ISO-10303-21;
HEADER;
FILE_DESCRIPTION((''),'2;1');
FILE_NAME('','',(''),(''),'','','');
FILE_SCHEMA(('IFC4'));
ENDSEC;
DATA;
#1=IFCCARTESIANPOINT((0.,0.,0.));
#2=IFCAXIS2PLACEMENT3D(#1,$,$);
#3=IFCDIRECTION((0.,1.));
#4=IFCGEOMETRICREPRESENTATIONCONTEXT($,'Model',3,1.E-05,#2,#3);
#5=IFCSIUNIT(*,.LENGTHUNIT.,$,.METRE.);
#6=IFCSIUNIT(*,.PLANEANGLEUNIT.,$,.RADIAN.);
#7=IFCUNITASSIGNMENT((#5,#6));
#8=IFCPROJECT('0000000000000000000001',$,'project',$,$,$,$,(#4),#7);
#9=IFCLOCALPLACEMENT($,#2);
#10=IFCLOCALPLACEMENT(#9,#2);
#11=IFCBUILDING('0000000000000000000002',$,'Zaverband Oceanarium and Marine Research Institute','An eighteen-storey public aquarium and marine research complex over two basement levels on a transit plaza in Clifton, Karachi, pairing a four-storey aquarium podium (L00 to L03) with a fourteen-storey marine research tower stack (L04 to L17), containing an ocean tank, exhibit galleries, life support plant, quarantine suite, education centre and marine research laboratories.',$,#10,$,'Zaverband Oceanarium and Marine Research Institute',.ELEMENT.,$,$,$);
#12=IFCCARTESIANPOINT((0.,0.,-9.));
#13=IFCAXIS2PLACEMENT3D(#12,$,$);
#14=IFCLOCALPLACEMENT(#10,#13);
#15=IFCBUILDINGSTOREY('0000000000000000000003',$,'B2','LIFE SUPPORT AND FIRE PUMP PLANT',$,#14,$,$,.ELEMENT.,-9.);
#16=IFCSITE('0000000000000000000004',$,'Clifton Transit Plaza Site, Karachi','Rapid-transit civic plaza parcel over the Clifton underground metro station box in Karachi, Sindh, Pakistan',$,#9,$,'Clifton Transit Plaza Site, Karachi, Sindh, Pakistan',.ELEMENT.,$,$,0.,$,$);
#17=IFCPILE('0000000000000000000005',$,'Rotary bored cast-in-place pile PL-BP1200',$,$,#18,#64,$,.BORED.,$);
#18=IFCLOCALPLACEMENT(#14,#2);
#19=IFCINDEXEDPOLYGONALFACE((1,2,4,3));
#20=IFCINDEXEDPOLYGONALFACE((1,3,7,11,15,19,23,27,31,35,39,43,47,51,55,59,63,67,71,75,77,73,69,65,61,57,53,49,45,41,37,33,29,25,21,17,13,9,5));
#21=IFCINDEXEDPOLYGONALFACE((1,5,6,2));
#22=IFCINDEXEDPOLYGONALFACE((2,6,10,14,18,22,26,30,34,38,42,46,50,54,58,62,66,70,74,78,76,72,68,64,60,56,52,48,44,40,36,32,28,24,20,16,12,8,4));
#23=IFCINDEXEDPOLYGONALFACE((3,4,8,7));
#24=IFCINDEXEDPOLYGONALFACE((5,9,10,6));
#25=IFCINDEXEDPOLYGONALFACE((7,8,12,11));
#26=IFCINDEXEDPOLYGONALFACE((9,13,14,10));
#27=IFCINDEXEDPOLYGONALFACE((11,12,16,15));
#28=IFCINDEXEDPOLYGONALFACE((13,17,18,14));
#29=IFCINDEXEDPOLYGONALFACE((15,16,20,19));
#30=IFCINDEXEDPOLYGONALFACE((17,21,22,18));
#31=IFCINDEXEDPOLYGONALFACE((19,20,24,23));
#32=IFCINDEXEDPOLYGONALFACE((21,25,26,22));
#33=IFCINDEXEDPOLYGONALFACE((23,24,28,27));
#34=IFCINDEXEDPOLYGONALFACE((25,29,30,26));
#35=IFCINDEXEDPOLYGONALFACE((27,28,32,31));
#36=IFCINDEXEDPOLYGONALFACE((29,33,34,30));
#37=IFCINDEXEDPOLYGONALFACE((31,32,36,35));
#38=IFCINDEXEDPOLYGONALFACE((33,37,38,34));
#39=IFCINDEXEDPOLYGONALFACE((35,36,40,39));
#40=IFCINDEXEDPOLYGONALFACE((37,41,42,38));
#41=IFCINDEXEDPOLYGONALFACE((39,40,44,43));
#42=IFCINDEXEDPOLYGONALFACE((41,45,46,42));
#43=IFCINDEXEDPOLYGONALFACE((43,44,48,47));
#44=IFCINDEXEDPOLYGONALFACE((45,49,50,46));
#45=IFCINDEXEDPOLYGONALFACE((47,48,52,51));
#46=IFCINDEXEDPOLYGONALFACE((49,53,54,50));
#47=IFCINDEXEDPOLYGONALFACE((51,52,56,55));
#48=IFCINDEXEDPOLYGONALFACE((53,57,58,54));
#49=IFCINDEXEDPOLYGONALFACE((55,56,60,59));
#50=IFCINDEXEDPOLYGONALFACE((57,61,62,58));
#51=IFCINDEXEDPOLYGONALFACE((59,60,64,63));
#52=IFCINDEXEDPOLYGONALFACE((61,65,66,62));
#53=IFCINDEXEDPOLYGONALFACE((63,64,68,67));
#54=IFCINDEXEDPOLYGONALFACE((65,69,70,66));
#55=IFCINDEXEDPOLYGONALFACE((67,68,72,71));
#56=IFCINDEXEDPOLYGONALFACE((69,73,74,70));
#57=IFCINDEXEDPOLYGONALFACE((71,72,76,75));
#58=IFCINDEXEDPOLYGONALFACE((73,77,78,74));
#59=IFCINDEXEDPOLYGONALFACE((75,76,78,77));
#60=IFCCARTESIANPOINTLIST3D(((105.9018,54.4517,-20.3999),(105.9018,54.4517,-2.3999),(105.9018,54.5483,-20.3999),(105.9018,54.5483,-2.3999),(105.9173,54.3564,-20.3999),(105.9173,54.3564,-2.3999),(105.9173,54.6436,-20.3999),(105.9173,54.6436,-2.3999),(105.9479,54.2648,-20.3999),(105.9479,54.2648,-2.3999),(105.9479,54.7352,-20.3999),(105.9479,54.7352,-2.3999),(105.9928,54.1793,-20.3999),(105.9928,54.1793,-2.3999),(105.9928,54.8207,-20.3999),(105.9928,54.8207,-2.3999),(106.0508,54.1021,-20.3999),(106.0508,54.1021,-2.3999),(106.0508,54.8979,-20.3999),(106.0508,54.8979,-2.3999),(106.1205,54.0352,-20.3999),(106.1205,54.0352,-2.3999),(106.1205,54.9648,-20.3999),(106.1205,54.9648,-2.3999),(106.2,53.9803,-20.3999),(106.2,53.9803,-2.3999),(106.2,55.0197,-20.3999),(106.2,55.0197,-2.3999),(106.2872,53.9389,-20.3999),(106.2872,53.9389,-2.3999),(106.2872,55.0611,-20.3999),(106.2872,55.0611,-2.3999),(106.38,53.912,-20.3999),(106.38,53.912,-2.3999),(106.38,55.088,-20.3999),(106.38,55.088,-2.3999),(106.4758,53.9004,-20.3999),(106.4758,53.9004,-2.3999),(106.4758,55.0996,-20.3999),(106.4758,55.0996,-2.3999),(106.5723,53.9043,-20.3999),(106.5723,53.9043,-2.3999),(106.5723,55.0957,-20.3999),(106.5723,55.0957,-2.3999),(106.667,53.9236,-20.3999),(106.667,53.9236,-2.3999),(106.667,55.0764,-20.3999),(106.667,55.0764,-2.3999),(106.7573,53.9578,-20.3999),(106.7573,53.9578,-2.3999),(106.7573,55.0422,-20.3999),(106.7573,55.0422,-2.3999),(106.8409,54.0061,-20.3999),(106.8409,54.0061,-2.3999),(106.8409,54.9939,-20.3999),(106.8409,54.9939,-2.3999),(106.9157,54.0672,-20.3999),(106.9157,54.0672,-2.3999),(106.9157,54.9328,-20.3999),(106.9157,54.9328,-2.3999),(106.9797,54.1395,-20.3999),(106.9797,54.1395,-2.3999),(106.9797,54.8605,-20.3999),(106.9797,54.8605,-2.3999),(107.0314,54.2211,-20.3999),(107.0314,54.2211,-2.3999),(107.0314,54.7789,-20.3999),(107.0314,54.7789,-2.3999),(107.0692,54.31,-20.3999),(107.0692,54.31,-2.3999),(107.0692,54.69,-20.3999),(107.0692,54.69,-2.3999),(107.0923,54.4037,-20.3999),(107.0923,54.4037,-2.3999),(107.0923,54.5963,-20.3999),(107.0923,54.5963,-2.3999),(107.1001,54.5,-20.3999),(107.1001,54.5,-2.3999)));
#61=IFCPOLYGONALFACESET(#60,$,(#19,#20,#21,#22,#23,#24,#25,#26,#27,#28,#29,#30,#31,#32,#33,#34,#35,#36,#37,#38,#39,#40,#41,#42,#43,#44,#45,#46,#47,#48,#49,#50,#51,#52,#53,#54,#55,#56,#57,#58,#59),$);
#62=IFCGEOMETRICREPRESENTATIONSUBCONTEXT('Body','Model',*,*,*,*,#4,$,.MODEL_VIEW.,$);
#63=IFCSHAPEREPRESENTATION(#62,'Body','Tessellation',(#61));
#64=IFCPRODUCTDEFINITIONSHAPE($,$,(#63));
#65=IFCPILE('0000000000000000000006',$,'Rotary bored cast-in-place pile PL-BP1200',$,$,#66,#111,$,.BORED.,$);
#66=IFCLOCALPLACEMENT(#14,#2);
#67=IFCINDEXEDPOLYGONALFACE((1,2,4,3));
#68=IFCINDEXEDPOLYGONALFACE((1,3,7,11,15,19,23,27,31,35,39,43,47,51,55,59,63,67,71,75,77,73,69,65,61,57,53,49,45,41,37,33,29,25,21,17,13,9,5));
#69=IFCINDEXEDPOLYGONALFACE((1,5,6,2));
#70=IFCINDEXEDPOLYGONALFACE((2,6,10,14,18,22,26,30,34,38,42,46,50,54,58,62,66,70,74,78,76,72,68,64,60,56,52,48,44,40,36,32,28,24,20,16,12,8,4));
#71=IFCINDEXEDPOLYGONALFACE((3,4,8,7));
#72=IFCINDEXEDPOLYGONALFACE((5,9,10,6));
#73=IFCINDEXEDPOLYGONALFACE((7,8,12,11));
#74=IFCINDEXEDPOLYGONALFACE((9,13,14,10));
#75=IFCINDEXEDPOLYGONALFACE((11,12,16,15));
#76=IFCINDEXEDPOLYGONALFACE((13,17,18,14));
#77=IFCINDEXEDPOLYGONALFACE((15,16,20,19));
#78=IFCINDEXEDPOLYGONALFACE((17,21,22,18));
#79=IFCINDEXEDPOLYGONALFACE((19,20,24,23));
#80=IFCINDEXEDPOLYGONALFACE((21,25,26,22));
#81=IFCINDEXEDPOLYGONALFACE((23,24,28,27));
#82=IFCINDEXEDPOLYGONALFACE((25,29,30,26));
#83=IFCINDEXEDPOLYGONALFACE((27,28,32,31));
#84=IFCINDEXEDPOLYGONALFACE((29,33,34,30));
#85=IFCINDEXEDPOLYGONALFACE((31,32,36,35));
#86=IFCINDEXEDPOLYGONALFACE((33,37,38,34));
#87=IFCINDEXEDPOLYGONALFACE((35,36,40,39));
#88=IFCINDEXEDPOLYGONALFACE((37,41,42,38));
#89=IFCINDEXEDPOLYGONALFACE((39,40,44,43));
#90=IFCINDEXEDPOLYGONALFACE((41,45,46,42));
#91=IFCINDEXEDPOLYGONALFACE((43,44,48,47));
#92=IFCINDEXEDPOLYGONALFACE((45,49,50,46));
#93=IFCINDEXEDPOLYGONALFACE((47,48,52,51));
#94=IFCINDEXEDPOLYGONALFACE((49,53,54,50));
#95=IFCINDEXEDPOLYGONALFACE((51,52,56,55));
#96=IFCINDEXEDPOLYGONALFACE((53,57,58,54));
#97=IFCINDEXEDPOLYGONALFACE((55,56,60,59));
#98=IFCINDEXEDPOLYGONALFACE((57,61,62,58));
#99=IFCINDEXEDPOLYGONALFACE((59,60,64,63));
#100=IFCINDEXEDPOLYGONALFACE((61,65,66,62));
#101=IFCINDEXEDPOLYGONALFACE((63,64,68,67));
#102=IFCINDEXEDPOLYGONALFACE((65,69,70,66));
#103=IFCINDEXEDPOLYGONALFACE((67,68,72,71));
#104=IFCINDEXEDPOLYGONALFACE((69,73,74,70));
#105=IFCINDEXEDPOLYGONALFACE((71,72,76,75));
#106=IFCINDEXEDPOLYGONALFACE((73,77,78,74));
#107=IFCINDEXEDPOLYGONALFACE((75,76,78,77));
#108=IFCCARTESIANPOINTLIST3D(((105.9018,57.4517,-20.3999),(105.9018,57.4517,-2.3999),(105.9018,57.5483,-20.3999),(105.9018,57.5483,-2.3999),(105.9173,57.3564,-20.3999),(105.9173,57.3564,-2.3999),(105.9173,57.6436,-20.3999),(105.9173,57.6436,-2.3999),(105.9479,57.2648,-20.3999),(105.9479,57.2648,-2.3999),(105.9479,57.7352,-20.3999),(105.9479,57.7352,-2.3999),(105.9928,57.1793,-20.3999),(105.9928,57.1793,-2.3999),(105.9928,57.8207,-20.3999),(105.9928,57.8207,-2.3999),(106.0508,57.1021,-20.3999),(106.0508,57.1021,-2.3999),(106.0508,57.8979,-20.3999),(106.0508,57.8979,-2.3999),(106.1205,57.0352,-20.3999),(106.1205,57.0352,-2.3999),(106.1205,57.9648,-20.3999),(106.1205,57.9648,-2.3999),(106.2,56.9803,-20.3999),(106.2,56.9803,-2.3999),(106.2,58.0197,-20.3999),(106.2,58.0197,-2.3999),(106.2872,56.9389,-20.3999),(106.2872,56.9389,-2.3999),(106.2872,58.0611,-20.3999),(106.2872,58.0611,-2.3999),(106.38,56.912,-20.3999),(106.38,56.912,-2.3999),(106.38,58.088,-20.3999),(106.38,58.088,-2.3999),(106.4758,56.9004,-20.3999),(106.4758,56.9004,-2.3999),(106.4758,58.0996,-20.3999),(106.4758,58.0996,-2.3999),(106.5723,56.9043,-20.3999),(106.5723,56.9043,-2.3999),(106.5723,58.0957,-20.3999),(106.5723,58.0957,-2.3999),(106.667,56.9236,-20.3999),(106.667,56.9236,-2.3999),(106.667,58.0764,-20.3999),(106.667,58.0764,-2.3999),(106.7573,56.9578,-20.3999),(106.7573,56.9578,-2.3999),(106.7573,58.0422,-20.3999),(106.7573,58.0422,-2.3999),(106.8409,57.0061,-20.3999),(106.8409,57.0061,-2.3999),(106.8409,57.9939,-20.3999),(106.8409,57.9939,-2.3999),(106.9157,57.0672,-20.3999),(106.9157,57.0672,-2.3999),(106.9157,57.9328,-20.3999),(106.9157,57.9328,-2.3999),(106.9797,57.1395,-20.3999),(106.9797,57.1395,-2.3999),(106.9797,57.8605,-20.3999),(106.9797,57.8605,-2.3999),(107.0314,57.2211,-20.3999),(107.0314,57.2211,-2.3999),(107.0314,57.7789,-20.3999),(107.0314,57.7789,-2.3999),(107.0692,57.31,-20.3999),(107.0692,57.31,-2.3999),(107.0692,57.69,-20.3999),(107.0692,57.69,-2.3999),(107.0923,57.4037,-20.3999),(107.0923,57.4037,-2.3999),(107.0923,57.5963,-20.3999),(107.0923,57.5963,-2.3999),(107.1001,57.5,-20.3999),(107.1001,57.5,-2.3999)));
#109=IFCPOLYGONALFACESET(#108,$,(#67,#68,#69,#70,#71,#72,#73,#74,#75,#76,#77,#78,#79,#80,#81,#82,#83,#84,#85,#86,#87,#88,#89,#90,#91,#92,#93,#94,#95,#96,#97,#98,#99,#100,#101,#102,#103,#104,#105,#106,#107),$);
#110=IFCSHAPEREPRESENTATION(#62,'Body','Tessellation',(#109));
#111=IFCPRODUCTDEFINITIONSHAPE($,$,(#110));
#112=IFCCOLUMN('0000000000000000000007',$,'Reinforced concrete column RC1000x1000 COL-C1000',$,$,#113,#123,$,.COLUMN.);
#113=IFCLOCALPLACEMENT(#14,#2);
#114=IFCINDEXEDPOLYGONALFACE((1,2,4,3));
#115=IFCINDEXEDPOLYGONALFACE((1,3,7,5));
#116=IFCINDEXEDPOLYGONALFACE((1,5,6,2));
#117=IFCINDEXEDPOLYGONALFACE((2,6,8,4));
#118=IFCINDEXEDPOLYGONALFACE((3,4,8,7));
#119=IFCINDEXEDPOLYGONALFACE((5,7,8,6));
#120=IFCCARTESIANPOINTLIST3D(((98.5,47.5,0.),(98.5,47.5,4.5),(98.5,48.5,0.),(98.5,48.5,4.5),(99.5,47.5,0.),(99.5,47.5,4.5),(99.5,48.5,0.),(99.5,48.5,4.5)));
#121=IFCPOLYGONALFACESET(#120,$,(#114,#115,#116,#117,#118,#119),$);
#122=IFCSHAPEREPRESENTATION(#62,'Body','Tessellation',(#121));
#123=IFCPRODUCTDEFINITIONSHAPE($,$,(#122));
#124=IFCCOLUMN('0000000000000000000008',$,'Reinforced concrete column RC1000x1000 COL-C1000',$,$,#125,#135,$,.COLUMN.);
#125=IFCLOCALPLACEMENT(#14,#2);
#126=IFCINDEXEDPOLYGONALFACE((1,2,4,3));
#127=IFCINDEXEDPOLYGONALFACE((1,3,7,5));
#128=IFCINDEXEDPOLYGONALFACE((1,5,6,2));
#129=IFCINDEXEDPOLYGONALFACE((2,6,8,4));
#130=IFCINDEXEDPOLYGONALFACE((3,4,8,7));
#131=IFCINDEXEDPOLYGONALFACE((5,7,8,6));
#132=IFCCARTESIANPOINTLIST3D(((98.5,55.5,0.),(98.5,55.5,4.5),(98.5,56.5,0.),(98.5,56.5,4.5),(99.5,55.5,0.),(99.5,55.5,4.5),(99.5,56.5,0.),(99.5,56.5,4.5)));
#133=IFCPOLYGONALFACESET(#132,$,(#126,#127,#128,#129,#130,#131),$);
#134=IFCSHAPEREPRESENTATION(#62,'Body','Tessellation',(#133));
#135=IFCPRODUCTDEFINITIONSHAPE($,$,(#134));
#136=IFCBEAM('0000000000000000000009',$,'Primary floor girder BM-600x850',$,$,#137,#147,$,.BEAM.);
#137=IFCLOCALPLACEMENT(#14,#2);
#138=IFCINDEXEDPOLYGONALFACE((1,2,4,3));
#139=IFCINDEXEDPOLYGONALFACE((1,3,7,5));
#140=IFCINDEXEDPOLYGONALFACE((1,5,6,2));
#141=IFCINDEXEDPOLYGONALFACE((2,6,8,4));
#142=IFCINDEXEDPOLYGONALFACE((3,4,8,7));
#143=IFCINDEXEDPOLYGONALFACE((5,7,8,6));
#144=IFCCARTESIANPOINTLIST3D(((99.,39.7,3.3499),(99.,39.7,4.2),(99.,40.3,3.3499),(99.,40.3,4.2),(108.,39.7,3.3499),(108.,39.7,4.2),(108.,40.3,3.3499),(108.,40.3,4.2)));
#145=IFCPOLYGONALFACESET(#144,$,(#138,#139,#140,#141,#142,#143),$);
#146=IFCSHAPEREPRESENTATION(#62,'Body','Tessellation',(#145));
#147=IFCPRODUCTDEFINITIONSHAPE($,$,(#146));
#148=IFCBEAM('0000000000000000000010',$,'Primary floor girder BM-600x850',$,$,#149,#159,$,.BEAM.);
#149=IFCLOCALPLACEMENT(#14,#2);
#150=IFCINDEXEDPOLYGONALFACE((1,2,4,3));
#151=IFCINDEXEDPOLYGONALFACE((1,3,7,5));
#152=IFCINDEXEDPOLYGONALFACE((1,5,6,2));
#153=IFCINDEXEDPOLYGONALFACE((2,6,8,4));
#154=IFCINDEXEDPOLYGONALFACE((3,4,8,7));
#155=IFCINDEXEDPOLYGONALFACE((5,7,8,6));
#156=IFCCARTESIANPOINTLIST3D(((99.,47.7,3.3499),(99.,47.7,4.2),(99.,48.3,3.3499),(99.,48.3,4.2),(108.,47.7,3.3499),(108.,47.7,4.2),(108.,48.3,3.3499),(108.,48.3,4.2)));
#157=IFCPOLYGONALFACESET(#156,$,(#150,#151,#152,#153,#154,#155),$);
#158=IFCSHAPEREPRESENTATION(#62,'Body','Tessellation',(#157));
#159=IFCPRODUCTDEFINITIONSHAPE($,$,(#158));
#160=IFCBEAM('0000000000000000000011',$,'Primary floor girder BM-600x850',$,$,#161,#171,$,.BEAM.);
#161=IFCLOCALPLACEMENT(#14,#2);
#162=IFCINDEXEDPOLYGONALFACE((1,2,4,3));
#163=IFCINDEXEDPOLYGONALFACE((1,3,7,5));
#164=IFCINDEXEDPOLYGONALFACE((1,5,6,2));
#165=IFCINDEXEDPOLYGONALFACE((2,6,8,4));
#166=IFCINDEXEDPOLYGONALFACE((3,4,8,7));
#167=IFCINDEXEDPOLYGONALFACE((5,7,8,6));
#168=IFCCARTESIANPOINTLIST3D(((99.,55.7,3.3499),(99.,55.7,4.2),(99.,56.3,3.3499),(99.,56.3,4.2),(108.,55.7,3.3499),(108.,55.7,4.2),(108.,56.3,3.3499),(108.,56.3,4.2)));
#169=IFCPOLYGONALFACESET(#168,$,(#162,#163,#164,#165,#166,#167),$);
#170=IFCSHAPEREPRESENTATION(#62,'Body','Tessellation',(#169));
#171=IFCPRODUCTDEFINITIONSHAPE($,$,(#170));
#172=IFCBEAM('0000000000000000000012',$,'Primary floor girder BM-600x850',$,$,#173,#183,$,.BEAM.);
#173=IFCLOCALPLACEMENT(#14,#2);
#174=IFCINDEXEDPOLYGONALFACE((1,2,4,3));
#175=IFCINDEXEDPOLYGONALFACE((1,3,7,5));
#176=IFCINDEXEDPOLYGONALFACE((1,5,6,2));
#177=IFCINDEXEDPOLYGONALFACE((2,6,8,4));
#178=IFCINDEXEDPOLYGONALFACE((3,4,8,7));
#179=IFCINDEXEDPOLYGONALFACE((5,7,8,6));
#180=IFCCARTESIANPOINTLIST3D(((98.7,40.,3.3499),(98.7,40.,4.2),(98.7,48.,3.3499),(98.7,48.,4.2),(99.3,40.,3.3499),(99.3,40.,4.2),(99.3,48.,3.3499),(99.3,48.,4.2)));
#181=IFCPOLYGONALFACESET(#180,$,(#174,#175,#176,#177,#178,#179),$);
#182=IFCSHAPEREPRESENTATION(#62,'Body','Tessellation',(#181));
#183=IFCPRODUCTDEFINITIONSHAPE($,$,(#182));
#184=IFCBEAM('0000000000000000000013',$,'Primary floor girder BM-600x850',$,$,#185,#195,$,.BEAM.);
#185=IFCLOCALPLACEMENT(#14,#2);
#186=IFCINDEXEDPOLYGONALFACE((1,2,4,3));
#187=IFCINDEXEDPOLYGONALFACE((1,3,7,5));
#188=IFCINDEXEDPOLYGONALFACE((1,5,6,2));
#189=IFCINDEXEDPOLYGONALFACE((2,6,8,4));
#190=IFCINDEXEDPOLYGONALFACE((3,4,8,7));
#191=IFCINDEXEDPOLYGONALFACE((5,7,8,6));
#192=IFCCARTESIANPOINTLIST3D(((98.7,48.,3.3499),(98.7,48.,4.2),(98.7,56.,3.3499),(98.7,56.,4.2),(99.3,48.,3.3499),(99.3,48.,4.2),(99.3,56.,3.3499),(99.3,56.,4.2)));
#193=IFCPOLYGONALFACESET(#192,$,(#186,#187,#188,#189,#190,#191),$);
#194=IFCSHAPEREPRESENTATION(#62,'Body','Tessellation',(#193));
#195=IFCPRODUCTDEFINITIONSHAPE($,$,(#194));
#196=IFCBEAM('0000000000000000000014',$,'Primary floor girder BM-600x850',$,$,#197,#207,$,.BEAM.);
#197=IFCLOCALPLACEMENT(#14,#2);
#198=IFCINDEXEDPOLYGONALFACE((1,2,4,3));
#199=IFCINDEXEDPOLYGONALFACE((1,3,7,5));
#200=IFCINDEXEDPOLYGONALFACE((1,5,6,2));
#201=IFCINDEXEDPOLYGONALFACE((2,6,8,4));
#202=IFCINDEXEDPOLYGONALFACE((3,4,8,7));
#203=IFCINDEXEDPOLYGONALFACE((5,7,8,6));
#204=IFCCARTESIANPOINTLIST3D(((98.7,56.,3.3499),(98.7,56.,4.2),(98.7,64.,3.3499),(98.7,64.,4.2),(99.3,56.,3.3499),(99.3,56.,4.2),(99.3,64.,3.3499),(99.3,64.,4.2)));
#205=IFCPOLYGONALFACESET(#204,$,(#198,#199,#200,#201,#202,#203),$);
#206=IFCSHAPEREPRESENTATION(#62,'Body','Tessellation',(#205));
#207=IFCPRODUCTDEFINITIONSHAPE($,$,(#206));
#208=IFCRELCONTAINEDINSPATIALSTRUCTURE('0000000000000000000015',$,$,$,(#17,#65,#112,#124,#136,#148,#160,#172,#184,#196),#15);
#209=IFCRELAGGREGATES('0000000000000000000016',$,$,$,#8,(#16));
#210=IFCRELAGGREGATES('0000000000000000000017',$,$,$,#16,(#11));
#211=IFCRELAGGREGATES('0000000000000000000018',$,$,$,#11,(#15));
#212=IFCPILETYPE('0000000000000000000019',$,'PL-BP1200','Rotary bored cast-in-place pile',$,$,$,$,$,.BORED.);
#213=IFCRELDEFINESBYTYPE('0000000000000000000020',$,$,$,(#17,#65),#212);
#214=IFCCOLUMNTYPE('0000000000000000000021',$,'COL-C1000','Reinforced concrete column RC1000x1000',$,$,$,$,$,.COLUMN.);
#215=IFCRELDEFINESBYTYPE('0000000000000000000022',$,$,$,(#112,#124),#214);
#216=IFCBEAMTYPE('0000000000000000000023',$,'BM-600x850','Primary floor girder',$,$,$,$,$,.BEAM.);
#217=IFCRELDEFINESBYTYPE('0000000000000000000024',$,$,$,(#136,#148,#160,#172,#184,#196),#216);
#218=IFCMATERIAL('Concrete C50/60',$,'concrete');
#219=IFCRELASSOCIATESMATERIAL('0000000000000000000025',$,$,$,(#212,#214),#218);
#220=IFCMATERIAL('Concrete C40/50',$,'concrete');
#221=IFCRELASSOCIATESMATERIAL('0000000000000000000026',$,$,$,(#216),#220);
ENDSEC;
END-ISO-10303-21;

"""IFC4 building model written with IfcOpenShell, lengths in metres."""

from ifc_helpers import new_model, si_unit, direction, frame, origin, origin_2d, place, context, subcontext, project, spatial, rectangle, circle, extrude, material, material_profile, profile_set, type_object, element, save


model = new_model("IFC4")

# Units and contexts
model_context = context("Model", 3, precision=1e-05, world=origin(), true_north=direction((0.0, 1.0)))
body_context = subcontext(model_context, "Body", "Model", "MODEL_VIEW")
ifc_project = project(units=[si_unit("LENGTHUNIT", "METRE"), si_unit("PLANEANGLEUNIT", "RADIAN")], contexts=[model_context])

# Site, building, storey
site_placement = place(None, origin())
site = spatial("IfcSite", under=ifc_project, at=site_placement, Name="Clifton Transit Plaza Site, Karachi", Description="Rapid-transit civic plaza parcel over the Clifton underground metro station box in Karachi, Sindh, Pakistan", LongName="Clifton Transit Plaza Site, Karachi, Sindh, Pakistan", CompositionType="ELEMENT", RefElevation=0.0)
building_placement = place(site_placement, origin())
building = spatial("IfcBuilding", under=site, at=building_placement, Name="Zaverband Oceanarium and Marine Research Institute", Description="An eighteen-storey public aquarium and marine research complex over two basement levels on a transit plaza in Clifton, Karachi, pairing a four-storey aquarium podium (L00 to L03) with a fourteen-storey marine research tower stack (L04 to L17), containing an ocean tank, exhibit galleries, life support plant, quarantine suite, education centre and marine research laboratories.", LongName="Zaverband Oceanarium and Marine Research Institute", CompositionType="ELEMENT")
storey_placement = place(building_placement, frame((0.0, 0.0, -9.0)))
storey = spatial("IfcBuildingStorey", under=building, at=storey_placement, Name="B2", Description="LIFE SUPPORT AND FIRE PUMP PLANT", CompositionType="ELEMENT", Elevation=-9.0)

# Shared definitions
ifc_material_1 = material(Name="Concrete C50/60", Category="concrete")

# Piles
ifc_material_profile_1 = material_profile(ifc_material_1, circle(Radius=0.6001, at=origin_2d()), Name="BP1200")
ifc_profile_set_1 = profile_set([ifc_material_profile_1], Name="Concrete C50/60")
pile_type = type_object("IfcPileType", Name="PL-BP1200", Description="Rotary bored cast-in-place pile", PredefinedType="BORED", material=ifc_profile_set_1)
for number, where, z_axis, x_axis, name in (
    (1, (106.5, 54.5, -2.3999), (0.0, 0.0, -1.0), (1.0, 0.0, 0.0), "Rotary bored cast-in-place pile PL-BP1200"),
    (2, (106.5, 57.5, -2.3999), (0.0, 0.0, -1.0), (1.0, 0.0, 0.0), "Rotary bored cast-in-place pile PL-BP1200"),
):
    element("IfcPile", number, at=place(storey_placement, frame(where, z_axis=z_axis, x_axis=x_axis)), inside=storey, type_object=pile_type, Name=name, PredefinedType="BORED", context=body_context, shape_type="SweptSolid", body=[
        extrude(circle(Radius=0.6001, at=origin_2d()), origin(), (0.0, 0.0, 1.0), 18.0),
    ])

# Columns
ifc_material_profile_2 = material_profile(ifc_material_1, rectangle(XDim=1.0, YDim=1.0, at=origin_2d()), Name="RC1000x1000")
ifc_profile_set_2 = profile_set([ifc_material_profile_2], Name="Concrete C50/60")
column_type = type_object("IfcColumnType", Name="COL-C1000", Description="Reinforced concrete column RC1000x1000", PredefinedType="COLUMN", material=ifc_profile_set_2)
for number, where, z_axis, x_axis, name in (
    (3, (99.0, 48.0, 0.0), (0.0, 0.0, 1.0), (1.0, 0.0, 0.0), "Reinforced concrete column RC1000x1000 COL-C1000"),
    (4, (99.0, 56.0, 0.0), (0.0, 0.0, 1.0), (1.0, 0.0, 0.0), "Reinforced concrete column RC1000x1000 COL-C1000"),
):
    element("IfcColumn", number, at=place(storey_placement, frame(where, z_axis=z_axis, x_axis=x_axis)), inside=storey, type_object=column_type, Name=name, PredefinedType="COLUMN", context=body_context, shape_type="SweptSolid", body=[
        extrude(rectangle(XDim=1.0, YDim=1.0, at=origin_2d()), origin(), (0.0, 0.0, 1.0), 4.5),
    ])

# Beams
ifc_material_2 = material(Name="Concrete C40/50", Category="concrete")
ifc_material_profile_3 = material_profile(ifc_material_2, rectangle(XDim=0.6001, YDim=0.8501, at=origin_2d()), Name="RC600x850")
ifc_profile_set_3 = profile_set([ifc_material_profile_3], Name="Concrete C40/50")
beam_type_1 = type_object("IfcBeamType", Name="BM-600x850", Description="Primary floor girder", PredefinedType="BEAM", material=ifc_profile_set_3)
for number, where, z_axis, x_axis, name in (
    (5, (99.0, 40.0, 3.7749), (1.0, 0.0, 0.0), (0.0, 1.0, 0.0), "Primary floor girder BM-600x850"),
    (6, (99.0, 48.0, 3.7749), (1.0, 0.0, 0.0), (0.0, 1.0, 0.0), "Primary floor girder BM-600x850"),
    (7, (99.0, 56.0, 3.7749), (1.0, 0.0, 0.0), (0.0, 1.0, 0.0), "Primary floor girder BM-600x850"),
):
    element("IfcBeam", number, at=place(storey_placement, frame(where, z_axis=z_axis, x_axis=x_axis)), inside=storey, type_object=beam_type_1, Name=name, PredefinedType="BEAM", context=body_context, shape_type="SweptSolid", body=[
        extrude(rectangle(XDim=0.6001, YDim=0.8501, at=origin_2d()), origin(), (0.0, 0.0, 1.0), 9.0),
    ])
for number, where, z_axis, x_axis, name in (
    (8, (99.0, 40.0, 3.7749), (0.0, 1.0, 0.0), (-1.0, 0.0, 0.0), "Primary floor girder BM-600x850"),
    (9, (99.0, 48.0, 3.7749), (0.0, 1.0, 0.0), (-1.0, 0.0, 0.0), "Primary floor girder BM-600x850"),
    (10, (99.0, 56.0, 3.7749), (0.0, 1.0, 0.0), (-1.0, 0.0, 0.0), "Primary floor girder BM-600x850"),
):
    element("IfcBeam", number, at=place(storey_placement, frame(where, z_axis=z_axis, x_axis=x_axis)), inside=storey, type_object=beam_type_1, Name=name, PredefinedType="BEAM", context=body_context, shape_type="SweptSolid", body=[
        extrude(rectangle(XDim=0.6001, YDim=0.8501, at=origin_2d()), origin(), (0.0, 0.0, 1.0), 8.0),
    ])

save(model, "model.ifc")
